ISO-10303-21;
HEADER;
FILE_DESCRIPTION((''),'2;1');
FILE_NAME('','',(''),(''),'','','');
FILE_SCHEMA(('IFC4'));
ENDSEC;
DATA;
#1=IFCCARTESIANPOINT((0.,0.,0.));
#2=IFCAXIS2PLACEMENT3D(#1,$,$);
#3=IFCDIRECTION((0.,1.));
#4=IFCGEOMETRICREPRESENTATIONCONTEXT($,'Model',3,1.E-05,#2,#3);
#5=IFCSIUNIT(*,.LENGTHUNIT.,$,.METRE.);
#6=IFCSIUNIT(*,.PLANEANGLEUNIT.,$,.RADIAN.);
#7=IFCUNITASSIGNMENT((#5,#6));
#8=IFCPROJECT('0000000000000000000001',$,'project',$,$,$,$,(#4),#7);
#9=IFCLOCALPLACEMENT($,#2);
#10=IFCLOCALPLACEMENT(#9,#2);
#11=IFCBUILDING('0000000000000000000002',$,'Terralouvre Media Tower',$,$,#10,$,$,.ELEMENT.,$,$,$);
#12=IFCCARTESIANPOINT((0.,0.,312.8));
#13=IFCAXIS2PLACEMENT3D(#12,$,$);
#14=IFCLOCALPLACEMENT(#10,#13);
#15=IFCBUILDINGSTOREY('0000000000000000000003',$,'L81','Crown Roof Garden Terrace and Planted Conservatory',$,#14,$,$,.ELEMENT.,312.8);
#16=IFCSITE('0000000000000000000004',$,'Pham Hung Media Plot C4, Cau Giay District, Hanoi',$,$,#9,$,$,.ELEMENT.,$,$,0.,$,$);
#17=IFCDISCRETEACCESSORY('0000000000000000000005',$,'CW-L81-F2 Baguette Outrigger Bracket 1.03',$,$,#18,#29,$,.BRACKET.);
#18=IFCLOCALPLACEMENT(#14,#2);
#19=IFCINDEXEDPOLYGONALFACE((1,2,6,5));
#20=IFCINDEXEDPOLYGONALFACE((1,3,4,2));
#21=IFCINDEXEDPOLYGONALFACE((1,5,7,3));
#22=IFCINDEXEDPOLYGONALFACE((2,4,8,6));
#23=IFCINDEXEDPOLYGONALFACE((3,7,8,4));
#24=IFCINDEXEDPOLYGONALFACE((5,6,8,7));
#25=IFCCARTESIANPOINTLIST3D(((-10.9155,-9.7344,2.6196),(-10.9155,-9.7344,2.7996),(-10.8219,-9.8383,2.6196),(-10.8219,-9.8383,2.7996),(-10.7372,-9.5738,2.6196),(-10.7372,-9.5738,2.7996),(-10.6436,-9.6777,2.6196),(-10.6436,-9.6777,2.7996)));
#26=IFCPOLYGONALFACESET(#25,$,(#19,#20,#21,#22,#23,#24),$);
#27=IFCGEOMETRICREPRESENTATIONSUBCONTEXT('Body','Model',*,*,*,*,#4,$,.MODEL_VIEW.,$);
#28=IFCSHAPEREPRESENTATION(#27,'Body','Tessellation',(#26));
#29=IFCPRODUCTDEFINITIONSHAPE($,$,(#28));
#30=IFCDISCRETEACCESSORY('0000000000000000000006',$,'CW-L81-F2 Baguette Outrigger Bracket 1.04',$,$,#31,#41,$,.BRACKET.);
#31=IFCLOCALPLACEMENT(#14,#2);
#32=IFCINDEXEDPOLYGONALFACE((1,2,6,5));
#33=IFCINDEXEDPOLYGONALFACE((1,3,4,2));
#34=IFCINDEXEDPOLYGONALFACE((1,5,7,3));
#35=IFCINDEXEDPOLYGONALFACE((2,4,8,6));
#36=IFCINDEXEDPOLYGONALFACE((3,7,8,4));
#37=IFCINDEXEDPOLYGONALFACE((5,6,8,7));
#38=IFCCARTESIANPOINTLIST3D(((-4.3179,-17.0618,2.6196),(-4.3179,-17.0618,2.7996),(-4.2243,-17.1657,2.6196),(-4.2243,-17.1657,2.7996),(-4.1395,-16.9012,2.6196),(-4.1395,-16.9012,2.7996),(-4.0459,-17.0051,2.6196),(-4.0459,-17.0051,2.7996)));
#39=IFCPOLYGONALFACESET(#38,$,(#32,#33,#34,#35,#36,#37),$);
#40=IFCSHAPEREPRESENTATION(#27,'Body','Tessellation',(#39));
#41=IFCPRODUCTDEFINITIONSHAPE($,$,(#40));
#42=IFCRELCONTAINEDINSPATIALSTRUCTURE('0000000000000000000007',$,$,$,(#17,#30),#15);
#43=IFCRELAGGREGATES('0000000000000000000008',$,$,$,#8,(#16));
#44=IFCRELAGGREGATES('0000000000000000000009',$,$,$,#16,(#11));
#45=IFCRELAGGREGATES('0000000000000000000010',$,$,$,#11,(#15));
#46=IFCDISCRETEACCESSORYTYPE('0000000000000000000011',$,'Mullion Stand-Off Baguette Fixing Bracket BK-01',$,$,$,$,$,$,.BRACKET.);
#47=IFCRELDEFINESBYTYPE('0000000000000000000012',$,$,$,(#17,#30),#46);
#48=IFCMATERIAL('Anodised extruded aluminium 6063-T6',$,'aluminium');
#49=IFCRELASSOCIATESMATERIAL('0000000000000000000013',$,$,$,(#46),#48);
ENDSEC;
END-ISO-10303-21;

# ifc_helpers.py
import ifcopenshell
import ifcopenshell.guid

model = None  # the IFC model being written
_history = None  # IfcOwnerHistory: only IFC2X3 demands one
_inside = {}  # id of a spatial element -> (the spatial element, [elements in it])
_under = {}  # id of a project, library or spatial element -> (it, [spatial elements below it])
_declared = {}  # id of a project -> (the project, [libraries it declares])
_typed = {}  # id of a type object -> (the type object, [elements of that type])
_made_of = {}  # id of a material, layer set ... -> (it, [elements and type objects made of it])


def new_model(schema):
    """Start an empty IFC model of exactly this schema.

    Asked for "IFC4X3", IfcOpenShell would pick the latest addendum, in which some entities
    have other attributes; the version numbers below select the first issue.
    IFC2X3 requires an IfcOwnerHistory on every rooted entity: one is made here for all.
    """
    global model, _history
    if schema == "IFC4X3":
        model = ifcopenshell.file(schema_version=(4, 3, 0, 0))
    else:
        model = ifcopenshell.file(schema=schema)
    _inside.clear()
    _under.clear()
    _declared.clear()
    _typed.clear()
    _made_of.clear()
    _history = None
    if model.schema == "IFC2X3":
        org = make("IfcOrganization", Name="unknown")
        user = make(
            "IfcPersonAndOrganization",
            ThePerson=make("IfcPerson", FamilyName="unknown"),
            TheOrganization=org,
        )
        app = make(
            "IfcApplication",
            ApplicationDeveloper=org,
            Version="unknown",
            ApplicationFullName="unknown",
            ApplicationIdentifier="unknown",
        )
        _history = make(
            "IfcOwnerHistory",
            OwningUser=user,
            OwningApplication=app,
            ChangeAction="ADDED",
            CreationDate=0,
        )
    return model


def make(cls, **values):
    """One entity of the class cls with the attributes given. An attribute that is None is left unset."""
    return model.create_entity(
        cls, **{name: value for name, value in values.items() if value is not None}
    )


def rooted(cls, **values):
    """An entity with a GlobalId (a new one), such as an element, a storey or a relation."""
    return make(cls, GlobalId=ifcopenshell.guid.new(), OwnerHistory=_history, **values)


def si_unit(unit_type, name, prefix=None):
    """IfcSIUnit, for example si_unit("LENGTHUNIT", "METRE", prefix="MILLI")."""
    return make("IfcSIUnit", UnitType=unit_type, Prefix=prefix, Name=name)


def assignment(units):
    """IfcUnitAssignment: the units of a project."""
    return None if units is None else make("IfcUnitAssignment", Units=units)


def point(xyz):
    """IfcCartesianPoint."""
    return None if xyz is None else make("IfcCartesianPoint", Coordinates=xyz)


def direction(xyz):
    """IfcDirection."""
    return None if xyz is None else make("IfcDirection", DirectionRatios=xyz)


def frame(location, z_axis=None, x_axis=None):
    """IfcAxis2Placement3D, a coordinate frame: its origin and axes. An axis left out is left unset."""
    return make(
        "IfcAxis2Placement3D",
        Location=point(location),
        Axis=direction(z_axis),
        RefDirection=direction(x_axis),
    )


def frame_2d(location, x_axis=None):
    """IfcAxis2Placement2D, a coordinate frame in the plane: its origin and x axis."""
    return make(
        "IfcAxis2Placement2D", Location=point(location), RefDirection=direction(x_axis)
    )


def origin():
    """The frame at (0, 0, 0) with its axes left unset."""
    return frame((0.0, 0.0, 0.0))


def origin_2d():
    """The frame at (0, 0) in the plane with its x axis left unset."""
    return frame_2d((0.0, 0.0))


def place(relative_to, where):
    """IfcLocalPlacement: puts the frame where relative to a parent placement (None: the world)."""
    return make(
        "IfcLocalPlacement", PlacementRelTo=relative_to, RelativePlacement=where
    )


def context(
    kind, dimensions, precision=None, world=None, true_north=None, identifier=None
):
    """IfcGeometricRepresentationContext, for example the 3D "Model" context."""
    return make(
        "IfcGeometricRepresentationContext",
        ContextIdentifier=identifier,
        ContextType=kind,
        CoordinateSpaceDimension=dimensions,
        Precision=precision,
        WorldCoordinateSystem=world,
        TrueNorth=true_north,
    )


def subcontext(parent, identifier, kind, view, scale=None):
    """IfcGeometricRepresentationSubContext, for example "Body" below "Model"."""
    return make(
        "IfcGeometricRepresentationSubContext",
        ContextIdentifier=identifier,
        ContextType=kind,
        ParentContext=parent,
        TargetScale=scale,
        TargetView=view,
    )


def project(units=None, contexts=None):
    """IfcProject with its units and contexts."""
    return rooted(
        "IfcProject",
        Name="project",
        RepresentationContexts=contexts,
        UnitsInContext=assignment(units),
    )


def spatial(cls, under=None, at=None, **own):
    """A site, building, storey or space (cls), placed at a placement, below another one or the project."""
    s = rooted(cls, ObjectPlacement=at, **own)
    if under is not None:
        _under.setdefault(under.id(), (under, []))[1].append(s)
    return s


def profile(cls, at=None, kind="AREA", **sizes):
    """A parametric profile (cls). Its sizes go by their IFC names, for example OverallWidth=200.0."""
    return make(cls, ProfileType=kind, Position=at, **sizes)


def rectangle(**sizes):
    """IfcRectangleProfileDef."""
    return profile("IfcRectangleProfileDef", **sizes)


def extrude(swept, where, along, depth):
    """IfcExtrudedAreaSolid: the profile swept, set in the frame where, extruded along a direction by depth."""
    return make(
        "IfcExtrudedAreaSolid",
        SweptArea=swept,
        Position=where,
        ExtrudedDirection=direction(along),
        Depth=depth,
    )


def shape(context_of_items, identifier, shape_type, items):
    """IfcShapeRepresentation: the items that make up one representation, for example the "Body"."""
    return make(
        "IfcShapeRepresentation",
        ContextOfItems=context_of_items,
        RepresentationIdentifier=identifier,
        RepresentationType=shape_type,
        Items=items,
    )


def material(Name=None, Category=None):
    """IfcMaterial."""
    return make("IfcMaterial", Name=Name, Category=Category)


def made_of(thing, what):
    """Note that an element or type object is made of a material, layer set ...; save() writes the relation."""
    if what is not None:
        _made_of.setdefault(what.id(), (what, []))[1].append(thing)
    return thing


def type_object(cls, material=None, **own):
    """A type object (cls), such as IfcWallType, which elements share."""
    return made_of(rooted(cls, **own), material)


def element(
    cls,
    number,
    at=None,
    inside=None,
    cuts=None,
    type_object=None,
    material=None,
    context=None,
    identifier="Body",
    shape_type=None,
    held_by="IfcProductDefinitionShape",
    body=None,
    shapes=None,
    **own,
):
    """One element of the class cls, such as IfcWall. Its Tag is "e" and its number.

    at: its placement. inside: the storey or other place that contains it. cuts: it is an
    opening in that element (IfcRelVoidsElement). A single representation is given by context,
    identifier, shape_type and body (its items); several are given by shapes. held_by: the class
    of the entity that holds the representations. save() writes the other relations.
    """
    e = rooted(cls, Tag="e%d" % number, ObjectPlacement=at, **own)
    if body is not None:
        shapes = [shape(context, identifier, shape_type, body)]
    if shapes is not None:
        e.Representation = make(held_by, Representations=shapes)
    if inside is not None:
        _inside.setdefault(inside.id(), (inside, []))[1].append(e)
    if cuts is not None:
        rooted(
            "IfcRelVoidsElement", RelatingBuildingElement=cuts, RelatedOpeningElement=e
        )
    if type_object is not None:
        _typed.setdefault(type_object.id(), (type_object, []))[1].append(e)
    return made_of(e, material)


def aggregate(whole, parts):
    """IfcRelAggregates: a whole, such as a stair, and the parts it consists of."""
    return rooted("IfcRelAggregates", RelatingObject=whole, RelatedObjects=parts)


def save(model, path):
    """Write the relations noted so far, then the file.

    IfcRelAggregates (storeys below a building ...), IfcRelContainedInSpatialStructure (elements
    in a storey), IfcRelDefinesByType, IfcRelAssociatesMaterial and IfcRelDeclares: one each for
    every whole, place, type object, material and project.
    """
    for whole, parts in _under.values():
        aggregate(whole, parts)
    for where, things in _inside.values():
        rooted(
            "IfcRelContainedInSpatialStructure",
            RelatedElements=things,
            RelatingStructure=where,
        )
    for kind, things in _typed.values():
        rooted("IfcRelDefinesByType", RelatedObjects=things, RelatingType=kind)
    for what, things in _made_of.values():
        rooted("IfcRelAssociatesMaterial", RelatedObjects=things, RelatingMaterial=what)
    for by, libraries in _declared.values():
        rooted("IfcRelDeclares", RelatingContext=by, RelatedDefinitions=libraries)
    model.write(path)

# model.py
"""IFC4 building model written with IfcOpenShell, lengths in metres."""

from ifc_helpers import new_model, si_unit, direction, frame, origin, origin_2d, place, context, subcontext, project, spatial, rectangle, extrude, material, type_object, element, save


model = new_model("IFC4")

# Units and contexts
model_context = context("Model", 3, precision=1e-05, world=origin(), true_north=direction((0.0, 1.0)))
body_context = subcontext(model_context, "Body", "Model", "MODEL_VIEW")
ifc_project = project(units=[si_unit("LENGTHUNIT", "METRE"), si_unit("PLANEANGLEUNIT", "RADIAN")], contexts=[model_context])

# Site, building, storey
site_placement = place(None, origin())
site = spatial("IfcSite", under=ifc_project, at=site_placement, Name="Pham Hung Media Plot C4, Cau Giay District, Hanoi", CompositionType="ELEMENT", RefElevation=0.0)
building_placement = place(site_placement, origin())
building = spatial("IfcBuilding", under=site, at=building_placement, Name="Terralouvre Media Tower", CompositionType="ELEMENT")
storey_placement = place(building_placement, frame((0.0, 0.0, 312.8)))
storey = spatial("IfcBuildingStorey", under=building, at=storey_placement, Name="L81", Description="Crown Roof Garden Terrace and Planted Conservatory", CompositionType="ELEMENT", Elevation=312.8)

# Discrete accessories
ifc_material_1 = material(Name="Anodised extruded aluminium 6063-T6", Category="aluminium")
discrete_accessory_type = type_object("IfcDiscreteAccessoryType", Name="Mullion Stand-Off Baguette Fixing Bracket BK-01", PredefinedType="BRACKET", material=ifc_material_1)
for number, where, z_axis, x_axis, name in (
    (1, (-10.7795, -9.7061, 2.6196), (0.0, 0.0, 1.0), (0.669131, -0.743145, 0.0), "CW-L81-F2 Baguette Outrigger Bracket 1.03"),
    (2, (-4.1819, -17.0334, 2.6196), (0.0, 0.0, 1.0), (0.669131, -0.743145, 0.0), "CW-L81-F2 Baguette Outrigger Bracket 1.04"),
):
    element("IfcDiscreteAccessory", number, at=place(storey_placement, frame(where, z_axis=z_axis, x_axis=x_axis)), inside=storey, type_object=discrete_accessory_type, Name=name, PredefinedType="BRACKET", context=body_context, shape_type="SweptSolid", body=[
        extrude(rectangle(XDim=0.1399, YDim=0.24, at=origin_2d()), origin(), (0.0, 0.0, 1.0), 0.1799),
    ])

save(model, "model.ifc")
